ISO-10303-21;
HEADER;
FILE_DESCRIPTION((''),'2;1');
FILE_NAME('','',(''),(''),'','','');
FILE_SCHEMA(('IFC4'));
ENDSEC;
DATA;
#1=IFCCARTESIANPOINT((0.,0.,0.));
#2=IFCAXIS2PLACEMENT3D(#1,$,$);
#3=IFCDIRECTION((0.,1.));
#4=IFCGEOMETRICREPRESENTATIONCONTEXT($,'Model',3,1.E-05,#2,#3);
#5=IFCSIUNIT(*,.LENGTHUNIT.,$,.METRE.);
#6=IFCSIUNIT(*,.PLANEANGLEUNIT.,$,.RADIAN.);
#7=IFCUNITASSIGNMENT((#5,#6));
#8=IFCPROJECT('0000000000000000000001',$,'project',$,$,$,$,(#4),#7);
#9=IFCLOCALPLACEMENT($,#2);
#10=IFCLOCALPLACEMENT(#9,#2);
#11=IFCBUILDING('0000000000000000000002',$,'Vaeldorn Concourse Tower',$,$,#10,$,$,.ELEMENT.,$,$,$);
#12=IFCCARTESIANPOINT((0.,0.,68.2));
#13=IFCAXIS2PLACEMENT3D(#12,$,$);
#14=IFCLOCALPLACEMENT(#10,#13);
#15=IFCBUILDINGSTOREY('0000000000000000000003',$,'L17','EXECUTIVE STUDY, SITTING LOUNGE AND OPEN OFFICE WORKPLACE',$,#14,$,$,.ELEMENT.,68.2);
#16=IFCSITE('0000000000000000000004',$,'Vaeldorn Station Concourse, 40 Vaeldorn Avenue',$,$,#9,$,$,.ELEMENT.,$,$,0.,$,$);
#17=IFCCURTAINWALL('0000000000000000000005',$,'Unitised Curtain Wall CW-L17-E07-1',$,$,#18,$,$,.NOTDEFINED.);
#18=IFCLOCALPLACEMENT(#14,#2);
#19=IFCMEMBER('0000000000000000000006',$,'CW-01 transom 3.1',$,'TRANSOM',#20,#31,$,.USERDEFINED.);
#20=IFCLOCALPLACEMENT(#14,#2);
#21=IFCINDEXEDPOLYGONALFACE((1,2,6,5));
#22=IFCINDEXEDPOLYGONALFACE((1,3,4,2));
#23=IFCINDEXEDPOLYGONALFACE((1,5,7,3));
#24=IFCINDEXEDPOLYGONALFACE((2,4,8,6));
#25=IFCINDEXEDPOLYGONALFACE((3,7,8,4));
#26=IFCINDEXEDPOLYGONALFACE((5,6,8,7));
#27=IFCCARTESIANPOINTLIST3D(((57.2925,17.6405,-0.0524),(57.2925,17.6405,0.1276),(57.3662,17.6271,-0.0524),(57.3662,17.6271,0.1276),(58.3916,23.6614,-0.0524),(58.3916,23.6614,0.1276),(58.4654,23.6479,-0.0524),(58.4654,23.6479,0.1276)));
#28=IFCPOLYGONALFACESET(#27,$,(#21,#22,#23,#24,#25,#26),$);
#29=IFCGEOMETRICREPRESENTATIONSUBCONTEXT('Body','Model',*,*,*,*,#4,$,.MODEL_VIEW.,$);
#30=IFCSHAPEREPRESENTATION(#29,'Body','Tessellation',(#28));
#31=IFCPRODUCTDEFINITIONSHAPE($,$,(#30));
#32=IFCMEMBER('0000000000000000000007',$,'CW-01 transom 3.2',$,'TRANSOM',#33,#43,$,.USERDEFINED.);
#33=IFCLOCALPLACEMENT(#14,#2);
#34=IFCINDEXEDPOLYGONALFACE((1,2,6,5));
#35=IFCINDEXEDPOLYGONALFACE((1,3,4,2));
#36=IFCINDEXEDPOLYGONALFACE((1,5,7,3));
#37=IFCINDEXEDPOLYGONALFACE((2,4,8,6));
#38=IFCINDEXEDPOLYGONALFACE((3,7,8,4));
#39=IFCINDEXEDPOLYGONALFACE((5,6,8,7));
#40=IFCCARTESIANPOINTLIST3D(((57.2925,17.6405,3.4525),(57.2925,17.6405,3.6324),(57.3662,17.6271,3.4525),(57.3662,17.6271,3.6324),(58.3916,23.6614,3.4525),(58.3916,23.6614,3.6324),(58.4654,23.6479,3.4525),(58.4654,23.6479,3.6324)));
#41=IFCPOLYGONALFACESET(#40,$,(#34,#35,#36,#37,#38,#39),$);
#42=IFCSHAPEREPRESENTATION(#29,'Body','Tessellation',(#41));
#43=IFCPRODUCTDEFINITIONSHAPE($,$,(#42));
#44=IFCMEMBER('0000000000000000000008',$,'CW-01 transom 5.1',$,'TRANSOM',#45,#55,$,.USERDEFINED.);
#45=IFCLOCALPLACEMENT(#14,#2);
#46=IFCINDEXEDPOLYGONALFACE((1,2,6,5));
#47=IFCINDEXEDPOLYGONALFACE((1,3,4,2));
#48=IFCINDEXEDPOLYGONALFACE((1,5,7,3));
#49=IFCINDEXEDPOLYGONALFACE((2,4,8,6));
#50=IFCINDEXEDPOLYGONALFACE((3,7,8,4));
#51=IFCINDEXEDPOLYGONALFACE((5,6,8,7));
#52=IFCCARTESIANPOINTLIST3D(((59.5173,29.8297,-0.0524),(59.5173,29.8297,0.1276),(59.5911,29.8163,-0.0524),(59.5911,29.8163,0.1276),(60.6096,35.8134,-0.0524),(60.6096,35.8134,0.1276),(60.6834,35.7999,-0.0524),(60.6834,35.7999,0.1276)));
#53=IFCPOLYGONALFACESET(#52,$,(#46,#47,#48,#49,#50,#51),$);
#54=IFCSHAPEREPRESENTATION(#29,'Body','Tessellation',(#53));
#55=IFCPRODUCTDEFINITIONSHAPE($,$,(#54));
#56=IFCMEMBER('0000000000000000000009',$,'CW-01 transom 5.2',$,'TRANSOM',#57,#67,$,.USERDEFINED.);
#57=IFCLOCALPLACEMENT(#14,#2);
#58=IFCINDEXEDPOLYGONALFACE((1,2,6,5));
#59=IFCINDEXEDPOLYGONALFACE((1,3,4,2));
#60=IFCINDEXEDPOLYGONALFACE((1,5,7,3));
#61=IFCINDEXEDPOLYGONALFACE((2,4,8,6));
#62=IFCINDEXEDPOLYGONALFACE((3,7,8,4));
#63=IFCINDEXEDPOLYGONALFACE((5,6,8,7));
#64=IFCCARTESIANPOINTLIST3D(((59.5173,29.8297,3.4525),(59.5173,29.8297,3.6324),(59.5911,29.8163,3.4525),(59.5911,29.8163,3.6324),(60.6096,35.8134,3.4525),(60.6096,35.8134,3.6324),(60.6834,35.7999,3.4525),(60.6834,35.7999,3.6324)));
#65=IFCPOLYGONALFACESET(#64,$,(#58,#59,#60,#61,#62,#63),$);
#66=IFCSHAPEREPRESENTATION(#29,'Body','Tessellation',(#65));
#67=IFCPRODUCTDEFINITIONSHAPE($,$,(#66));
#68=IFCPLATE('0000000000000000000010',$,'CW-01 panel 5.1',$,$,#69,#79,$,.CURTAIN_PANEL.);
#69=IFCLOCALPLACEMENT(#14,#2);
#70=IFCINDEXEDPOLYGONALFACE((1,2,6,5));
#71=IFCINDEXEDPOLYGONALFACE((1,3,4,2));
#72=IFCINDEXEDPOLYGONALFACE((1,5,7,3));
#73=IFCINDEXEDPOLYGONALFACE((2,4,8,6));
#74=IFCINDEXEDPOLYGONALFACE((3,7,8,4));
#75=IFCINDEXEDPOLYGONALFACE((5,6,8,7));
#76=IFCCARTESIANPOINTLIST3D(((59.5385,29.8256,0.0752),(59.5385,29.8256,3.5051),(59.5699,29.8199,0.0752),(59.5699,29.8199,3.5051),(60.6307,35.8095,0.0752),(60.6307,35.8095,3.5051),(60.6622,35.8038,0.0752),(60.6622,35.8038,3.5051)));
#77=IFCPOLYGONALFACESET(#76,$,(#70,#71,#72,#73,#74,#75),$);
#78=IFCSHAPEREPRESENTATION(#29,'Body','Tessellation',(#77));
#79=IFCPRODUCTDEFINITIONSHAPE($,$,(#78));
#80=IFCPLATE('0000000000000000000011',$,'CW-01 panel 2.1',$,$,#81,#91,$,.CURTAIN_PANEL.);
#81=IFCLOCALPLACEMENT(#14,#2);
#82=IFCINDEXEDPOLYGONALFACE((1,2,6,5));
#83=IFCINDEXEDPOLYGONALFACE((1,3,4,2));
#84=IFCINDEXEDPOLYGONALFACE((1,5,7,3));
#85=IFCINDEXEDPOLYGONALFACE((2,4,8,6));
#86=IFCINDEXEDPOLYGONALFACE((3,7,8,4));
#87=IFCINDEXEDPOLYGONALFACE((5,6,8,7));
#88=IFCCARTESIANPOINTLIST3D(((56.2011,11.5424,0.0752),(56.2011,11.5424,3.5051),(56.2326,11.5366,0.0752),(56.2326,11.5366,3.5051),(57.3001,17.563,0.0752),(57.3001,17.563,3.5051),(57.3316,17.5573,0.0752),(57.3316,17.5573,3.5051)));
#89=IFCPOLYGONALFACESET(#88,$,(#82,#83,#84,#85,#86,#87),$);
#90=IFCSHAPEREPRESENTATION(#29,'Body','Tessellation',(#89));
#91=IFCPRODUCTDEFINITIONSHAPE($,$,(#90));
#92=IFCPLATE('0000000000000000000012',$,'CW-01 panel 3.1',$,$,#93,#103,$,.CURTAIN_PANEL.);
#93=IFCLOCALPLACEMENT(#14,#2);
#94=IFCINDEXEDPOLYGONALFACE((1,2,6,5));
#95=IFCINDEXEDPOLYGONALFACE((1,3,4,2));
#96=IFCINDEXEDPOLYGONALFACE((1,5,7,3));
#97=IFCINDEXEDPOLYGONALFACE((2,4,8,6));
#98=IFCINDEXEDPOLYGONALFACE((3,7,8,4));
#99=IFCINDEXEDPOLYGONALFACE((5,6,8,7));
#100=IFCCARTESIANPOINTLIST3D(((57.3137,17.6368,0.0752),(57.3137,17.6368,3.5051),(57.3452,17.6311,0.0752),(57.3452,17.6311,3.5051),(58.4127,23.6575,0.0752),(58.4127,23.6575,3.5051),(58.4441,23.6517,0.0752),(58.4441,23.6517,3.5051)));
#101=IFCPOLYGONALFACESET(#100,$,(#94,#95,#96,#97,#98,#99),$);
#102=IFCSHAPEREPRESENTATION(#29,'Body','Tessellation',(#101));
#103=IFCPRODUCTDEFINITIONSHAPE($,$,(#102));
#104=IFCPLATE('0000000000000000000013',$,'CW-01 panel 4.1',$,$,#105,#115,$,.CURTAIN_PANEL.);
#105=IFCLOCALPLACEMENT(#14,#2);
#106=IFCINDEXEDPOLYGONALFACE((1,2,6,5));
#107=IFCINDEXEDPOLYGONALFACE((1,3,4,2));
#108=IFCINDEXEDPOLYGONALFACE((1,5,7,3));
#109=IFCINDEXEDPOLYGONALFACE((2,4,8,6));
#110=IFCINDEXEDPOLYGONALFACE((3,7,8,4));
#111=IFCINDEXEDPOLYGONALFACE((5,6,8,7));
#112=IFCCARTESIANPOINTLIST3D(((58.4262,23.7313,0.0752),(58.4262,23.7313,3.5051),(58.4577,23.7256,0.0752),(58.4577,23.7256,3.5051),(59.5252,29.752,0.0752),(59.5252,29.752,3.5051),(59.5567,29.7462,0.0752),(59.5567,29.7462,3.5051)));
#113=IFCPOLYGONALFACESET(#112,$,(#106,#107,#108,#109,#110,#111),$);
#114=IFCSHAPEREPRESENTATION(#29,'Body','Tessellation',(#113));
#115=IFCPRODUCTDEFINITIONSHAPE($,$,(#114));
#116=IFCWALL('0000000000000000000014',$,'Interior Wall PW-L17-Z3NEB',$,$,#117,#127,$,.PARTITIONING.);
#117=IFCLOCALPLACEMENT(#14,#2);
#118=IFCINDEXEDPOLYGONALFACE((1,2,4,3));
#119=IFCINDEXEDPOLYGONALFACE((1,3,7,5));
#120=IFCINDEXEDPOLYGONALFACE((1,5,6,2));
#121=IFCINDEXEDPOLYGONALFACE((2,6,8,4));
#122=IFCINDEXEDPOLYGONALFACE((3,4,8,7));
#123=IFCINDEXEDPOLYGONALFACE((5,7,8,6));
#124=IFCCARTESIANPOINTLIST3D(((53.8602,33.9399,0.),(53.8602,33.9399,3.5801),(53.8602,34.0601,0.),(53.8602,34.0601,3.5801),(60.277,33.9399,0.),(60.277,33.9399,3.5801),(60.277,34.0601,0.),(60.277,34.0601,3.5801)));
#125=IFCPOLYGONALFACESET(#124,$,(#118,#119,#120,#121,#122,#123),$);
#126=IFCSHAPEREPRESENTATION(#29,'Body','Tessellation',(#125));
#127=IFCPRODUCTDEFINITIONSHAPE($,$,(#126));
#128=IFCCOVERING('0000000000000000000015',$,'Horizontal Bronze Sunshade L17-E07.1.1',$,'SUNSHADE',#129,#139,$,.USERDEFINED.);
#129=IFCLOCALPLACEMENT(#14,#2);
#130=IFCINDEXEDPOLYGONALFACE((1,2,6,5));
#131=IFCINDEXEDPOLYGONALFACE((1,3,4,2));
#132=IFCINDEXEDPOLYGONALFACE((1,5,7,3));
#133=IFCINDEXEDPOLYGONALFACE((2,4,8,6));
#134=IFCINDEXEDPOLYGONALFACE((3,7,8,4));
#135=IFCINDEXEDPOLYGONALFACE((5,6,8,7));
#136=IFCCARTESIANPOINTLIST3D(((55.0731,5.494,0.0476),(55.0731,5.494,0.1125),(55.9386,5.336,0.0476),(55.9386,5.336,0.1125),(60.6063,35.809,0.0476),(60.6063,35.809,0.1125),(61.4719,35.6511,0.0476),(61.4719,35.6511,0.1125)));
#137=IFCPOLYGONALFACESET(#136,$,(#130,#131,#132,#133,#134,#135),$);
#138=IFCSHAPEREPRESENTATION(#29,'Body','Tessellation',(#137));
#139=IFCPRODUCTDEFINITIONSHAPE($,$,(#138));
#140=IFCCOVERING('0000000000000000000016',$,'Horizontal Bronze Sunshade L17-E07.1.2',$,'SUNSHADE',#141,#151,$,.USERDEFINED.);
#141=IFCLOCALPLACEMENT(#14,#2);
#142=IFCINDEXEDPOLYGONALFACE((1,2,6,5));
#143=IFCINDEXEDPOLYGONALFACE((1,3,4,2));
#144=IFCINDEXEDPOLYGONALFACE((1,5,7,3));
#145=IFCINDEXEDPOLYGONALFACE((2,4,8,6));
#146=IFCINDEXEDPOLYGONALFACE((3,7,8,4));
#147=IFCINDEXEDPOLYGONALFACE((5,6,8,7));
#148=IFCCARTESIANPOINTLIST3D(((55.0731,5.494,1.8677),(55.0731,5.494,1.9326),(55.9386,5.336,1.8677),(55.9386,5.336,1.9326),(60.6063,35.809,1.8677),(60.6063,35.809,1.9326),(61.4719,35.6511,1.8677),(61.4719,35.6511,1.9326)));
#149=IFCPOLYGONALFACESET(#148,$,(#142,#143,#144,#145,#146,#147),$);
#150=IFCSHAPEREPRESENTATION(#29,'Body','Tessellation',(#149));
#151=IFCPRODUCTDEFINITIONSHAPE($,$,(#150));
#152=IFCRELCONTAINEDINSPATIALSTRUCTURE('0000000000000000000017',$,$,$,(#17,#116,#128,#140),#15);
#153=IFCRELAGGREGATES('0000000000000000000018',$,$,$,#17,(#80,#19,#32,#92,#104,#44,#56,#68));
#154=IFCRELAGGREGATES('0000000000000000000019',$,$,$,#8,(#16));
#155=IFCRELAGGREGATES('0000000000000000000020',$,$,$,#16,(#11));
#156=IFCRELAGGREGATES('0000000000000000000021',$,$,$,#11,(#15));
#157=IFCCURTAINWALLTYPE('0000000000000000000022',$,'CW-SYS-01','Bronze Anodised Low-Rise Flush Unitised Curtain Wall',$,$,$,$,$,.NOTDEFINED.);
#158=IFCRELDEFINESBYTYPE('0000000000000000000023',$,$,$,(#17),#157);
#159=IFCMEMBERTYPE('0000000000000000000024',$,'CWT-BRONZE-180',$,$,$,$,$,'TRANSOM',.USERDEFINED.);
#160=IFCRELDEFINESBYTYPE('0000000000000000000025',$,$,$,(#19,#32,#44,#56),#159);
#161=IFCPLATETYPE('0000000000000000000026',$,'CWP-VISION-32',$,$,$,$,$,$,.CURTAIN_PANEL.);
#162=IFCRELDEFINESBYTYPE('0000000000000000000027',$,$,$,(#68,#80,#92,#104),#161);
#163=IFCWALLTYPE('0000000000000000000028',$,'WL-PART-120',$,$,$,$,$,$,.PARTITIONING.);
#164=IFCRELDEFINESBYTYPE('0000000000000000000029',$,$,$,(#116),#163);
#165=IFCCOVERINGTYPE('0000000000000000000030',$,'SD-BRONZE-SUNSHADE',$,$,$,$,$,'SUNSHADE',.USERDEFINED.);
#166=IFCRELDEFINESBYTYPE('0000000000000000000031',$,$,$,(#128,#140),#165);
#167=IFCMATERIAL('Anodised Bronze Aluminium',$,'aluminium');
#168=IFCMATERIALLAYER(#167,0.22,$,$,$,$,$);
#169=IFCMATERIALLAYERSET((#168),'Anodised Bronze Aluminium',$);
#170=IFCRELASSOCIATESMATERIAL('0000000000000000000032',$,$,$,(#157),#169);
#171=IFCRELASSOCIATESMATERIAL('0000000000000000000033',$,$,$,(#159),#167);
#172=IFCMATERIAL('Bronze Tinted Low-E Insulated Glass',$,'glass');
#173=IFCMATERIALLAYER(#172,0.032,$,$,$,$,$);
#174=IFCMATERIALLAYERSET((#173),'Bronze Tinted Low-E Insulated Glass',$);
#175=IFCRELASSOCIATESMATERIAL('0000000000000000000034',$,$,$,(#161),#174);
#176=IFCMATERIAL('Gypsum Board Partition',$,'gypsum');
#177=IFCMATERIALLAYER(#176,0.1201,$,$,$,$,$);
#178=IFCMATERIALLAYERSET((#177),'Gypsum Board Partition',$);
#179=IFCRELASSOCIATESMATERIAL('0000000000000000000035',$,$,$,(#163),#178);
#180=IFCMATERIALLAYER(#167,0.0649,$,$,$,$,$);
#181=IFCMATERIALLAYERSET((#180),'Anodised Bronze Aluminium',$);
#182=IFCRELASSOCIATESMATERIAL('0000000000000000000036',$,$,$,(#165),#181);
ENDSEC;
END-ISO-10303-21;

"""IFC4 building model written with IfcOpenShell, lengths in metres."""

from ifc_helpers import new_model, si_unit, direction, frame, frame_2d, origin, origin_2d, place, context, subcontext, project, spatial, rectangle, extrude, source, transform, mapped, material, layer, layer_set, material_profile, profile_set, type_object, element, aggregate, save


model = new_model("IFC4")

# Units and contexts
model_context = context("Model", 3, precision=1e-05, world=origin(), true_north=direction((0.0, 1.0)))
body_context = subcontext(model_context, "Body", "Model", "MODEL_VIEW")
ifc_project = project(units=[si_unit("LENGTHUNIT", "METRE"), si_unit("PLANEANGLEUNIT", "RADIAN")], contexts=[model_context])

# Site, building, storey
site_placement = place(None, origin())
site = spatial("IfcSite", under=ifc_project, at=site_placement, Name="Vaeldorn Station Concourse, 40 Vaeldorn Avenue", CompositionType="ELEMENT", RefElevation=0.0)
building_placement = place(site_placement, origin())
building = spatial("IfcBuilding", under=site, at=building_placement, Name="Vaeldorn Concourse Tower", CompositionType="ELEMENT")
storey_placement = place(building_placement, frame((0.0, 0.0, 68.2)))
storey = spatial("IfcBuildingStorey", under=building, at=storey_placement, Name="L17", Description="EXECUTIVE STUDY, SITTING LOUNGE AND OPEN OFFICE WORKPLACE", CompositionType="ELEMENT", Elevation=68.2)

# Curtain wall, members, plates
ifc_material_1 = material(Name="Anodised Bronze Aluminium", Category="aluminium")
ifc_layer_1 = layer(ifc_material_1, 0.22)
ifc_layer_set_1 = layer_set([ifc_layer_1], Name="Anodised Bronze Aluminium")
curtain_wall_type = type_object("IfcCurtainWallType", Name="CW-SYS-01", Description="Bronze Anodised Low-Rise Flush Unitised Curtain Wall", PredefinedType="NOTDEFINED", material=ifc_layer_set_1)
curtain_wall_placement = place(storey_placement, origin())
curtain_wall = element("IfcCurtainWall", 1, at=curtain_wall_placement, inside=storey, type_object=curtain_wall_type, Name="Unitised Curtain Wall CW-L17-E07-1", PredefinedType="NOTDEFINED")
ifc_material_profile_1 = material_profile(ifc_material_1, rectangle(XDim=0.075, YDim=0.1799, at=origin_2d()), Name="CWT 75x180")
ifc_profile_set_1 = profile_set([ifc_material_profile_1], Name="Anodised Bronze Aluminium")
member_type_1 = type_object("IfcMemberType", Name="CWT-BRONZE-180", ElementType="TRANSOM", PredefinedType="USERDEFINED", material=ifc_profile_set_1)
shared_shape_1 = source(origin(), body_context, "Body", "SweptSolid", [
    extrude(rectangle(XDim=0.075, YDim=0.1799, at=origin_2d()), origin(), (0.0, 0.0, 1.0), 6.1204),
])
member_1_placement = place(storey_placement, frame((57.3293, 17.6338, 0.0376), z_axis=(0.179587, 0.983742, 0.0), x_axis=(-0.983742, 0.179587, 0.0)))
member_1 = element("IfcMember", 2, at=member_1_placement, type_object=member_type_1, Name="CW-01 transom 3.1", ObjectType="TRANSOM", PredefinedType="USERDEFINED", context=body_context, shape_type="MappedRepresentation", body=[
    mapped(shared_shape_1, transform((0.0, 0.0, 0.0), scale=1.0)),
])
member_2_placement = place(storey_placement, frame((57.3293, 17.6338, 3.5425), z_axis=(0.179587, 0.983742, 0.0), x_axis=(-0.983742, 0.179587, 0.0)))
member_2 = element("IfcMember", 3, at=member_2_placement, type_object=member_type_1, Name="CW-01 transom 3.2", ObjectType="TRANSOM", PredefinedType="USERDEFINED", context=body_context, shape_type="MappedRepresentation", body=[
    mapped(shared_shape_1, transform((0.0, 0.0, 0.0), scale=1.0)),
])
shared_shape_2 = source(origin(), body_context, "Body", "SweptSolid", [
    extrude(rectangle(XDim=0.075, YDim=0.1799, at=origin_2d()), origin(), (0.0, 0.0, 1.0), 6.0825),
])
member_3_placement = place(storey_placement, frame((59.5542, 29.823, 0.0376), z_axis=(0.179578, 0.983744, 0.0), x_axis=(-0.983744, 0.179578, 0.0)))
member_3 = element("IfcMember", 4, at=member_3_placement, type_object=member_type_1, Name="CW-01 transom 5.1", ObjectType="TRANSOM", PredefinedType="USERDEFINED", context=body_context, shape_type="MappedRepresentation", body=[
    mapped(shared_shape_2, transform((0.0, 0.0, 0.0), scale=1.0)),
])
member_4_placement = place(storey_placement, frame((59.5542, 29.823, 3.5425), z_axis=(0.179578, 0.983744, 0.0), x_axis=(-0.983744, 0.179578, 0.0)))
member_4 = element("IfcMember", 5, at=member_4_placement, type_object=member_type_1, Name="CW-01 transom 5.2", ObjectType="TRANSOM", PredefinedType="USERDEFINED", context=body_context, shape_type="MappedRepresentation", body=[
    mapped(shared_shape_2, transform((0.0, 0.0, 0.0), scale=1.0)),
])
ifc_material_2 = material(Name="Bronze Tinted Low-E Insulated Glass", Category="glass")
ifc_layer_2 = layer(ifc_material_2, 0.032)
ifc_layer_set_2 = layer_set([ifc_layer_2], Name="Bronze Tinted Low-E Insulated Glass")
plate_type = type_object("IfcPlateType", Name="CWP-VISION-32", PredefinedType="CURTAIN_PANEL", material=ifc_layer_set_2)
shared_shape_3 = source(origin(), body_context, "Body", "SweptSolid", [
    extrude(rectangle(XDim=6.0828, YDim=0.032, at=origin_2d()), origin(), (0.0, 0.0, 1.0), 3.4299),
])
plate_1_placement = place(storey_placement, frame((60.1003, 32.8147, 0.0752), z_axis=(0.0, 0.0, 1.0), x_axis=(0.179565, 0.983746, 0.0)))
plate_1 = element("IfcPlate", 6, at=plate_1_placement, type_object=plate_type, Name="CW-01 panel 5.1", PredefinedType="CURTAIN_PANEL", context=body_context, shape_type="MappedRepresentation", body=[
    mapped(shared_shape_3, transform((0.0, 0.0, 0.0), scale=1.0)),
])
shared_shape_4 = source(origin(), body_context, "Body", "SweptSolid", [
    extrude(rectangle(XDim=6.1201, YDim=0.032, at=origin_2d()), origin(), (0.0, 0.0, 1.0), 3.4299),
])
plate_2_placement = place(storey_placement, frame((56.7664, 14.5498, 0.0752), z_axis=(0.0, 0.0, 1.0), x_axis=(0.179565, 0.983746, 0.0)))
plate_2 = element("IfcPlate", 7, at=plate_2_placement, type_object=plate_type, Name="CW-01 panel 2.1", PredefinedType="CURTAIN_PANEL", context=body_context, shape_type="MappedRepresentation", body=[
    mapped(shared_shape_4, transform((0.0, 0.0, 0.0), scale=1.0)),
])
plate_3_placement = place(storey_placement, frame((57.8789, 20.6443, 0.0752), z_axis=(0.0, 0.0, 1.0), x_axis=(0.179565, 0.983746, 0.0)))
plate_3 = element("IfcPlate", 8, at=plate_3_placement, type_object=plate_type, Name="CW-01 panel 3.1", PredefinedType="CURTAIN_PANEL", context=body_context, shape_type="MappedRepresentation", body=[
    mapped(shared_shape_4, transform((0.0, 0.0, 0.0), scale=1.0)),
])
plate_4_placement = place(storey_placement, frame((58.9915, 26.7388, 0.0752), z_axis=(0.0, 0.0, 1.0), x_axis=(0.179565, 0.983746, 0.0)))
plate_4 = element("IfcPlate", 9, at=plate_4_placement, type_object=plate_type, Name="CW-01 panel 4.1", PredefinedType="CURTAIN_PANEL", context=body_context, shape_type="MappedRepresentation", body=[
    mapped(shared_shape_4, transform((0.0, 0.0, 0.0), scale=1.0)),
])
aggregate(curtain_wall, [plate_2, member_1, member_2, plate_3, plate_4, member_3, member_4, plate_1])

# Shared definitions
ifc_material_3 = material(Name="Gypsum Board Partition", Category="gypsum")
ifc_layer_3 = layer(ifc_material_3, 0.1201)
ifc_layer_set_3 = layer_set([ifc_layer_3], Name="Gypsum Board Partition")
wall_type = type_object("IfcWallType", Name="WL-PART-120", PredefinedType="PARTITIONING", material=ifc_layer_set_3)

# Wall
wall_1_placement = place(storey_placement, frame((53.8601, 34.0, 0.0), z_axis=(0.0, 0.0, 1.0), x_axis=(1.0, 0.0, 0.0)))
element("IfcWall", 10, at=wall_1_placement, inside=storey, type_object=wall_type, Name="Interior Wall PW-L17-Z3NEB", PredefinedType="PARTITIONING", context=body_context, shape_type="SweptSolid", body=[
    extrude(rectangle(XDim=6.4167, YDim=0.1201, at=frame_2d((3.2085, 0.0))), origin(), (0.0, 0.0, 1.0), 3.5801),
])

# Coverings
ifc_layer_4 = layer(ifc_material_1, 0.0649)
ifc_layer_set_4 = layer_set([ifc_layer_4], Name="Anodised Bronze Aluminium")
covering_type = type_object("IfcCoveringType", Name="SD-BRONZE-SUNSHADE", ElementType="SUNSHADE", PredefinedType="USERDEFINED", material=ifc_layer_set_4)
shared_shape_5 = source(origin(), body_context, "Body", "SweptSolid", [
    extrude(rectangle(XDim=30.8159, YDim=0.8799, at=origin_2d()), origin(), (0.0, 0.0, 1.0), 0.0649),
])
for number, where, z_axis, x_axis, name in (
    (11, (58.2725, 20.5725, 0.0476), (0.0, 0.0, 1.0), (0.179558, 0.983747, 0.0), "Horizontal Bronze Sunshade L17-E07.1.1"),
    (12, (58.2725, 20.5725, 1.8677), (0.0, 0.0, 1.0), (0.179558, 0.983747, 0.0), "Horizontal Bronze Sunshade L17-E07.1.2"),
):
    element("IfcCovering", number, at=place(storey_placement, frame(where, z_axis=z_axis, x_axis=x_axis)), inside=storey, type_object=covering_type, Name=name, ObjectType="SUNSHADE", PredefinedType="USERDEFINED", context=body_context, shape_type="MappedRepresentation", body=[
        mapped(shared_shape_5, transform((0.0, 0.0, 0.0), scale=1.0)),
    ])

save(model, "model.ifc")
